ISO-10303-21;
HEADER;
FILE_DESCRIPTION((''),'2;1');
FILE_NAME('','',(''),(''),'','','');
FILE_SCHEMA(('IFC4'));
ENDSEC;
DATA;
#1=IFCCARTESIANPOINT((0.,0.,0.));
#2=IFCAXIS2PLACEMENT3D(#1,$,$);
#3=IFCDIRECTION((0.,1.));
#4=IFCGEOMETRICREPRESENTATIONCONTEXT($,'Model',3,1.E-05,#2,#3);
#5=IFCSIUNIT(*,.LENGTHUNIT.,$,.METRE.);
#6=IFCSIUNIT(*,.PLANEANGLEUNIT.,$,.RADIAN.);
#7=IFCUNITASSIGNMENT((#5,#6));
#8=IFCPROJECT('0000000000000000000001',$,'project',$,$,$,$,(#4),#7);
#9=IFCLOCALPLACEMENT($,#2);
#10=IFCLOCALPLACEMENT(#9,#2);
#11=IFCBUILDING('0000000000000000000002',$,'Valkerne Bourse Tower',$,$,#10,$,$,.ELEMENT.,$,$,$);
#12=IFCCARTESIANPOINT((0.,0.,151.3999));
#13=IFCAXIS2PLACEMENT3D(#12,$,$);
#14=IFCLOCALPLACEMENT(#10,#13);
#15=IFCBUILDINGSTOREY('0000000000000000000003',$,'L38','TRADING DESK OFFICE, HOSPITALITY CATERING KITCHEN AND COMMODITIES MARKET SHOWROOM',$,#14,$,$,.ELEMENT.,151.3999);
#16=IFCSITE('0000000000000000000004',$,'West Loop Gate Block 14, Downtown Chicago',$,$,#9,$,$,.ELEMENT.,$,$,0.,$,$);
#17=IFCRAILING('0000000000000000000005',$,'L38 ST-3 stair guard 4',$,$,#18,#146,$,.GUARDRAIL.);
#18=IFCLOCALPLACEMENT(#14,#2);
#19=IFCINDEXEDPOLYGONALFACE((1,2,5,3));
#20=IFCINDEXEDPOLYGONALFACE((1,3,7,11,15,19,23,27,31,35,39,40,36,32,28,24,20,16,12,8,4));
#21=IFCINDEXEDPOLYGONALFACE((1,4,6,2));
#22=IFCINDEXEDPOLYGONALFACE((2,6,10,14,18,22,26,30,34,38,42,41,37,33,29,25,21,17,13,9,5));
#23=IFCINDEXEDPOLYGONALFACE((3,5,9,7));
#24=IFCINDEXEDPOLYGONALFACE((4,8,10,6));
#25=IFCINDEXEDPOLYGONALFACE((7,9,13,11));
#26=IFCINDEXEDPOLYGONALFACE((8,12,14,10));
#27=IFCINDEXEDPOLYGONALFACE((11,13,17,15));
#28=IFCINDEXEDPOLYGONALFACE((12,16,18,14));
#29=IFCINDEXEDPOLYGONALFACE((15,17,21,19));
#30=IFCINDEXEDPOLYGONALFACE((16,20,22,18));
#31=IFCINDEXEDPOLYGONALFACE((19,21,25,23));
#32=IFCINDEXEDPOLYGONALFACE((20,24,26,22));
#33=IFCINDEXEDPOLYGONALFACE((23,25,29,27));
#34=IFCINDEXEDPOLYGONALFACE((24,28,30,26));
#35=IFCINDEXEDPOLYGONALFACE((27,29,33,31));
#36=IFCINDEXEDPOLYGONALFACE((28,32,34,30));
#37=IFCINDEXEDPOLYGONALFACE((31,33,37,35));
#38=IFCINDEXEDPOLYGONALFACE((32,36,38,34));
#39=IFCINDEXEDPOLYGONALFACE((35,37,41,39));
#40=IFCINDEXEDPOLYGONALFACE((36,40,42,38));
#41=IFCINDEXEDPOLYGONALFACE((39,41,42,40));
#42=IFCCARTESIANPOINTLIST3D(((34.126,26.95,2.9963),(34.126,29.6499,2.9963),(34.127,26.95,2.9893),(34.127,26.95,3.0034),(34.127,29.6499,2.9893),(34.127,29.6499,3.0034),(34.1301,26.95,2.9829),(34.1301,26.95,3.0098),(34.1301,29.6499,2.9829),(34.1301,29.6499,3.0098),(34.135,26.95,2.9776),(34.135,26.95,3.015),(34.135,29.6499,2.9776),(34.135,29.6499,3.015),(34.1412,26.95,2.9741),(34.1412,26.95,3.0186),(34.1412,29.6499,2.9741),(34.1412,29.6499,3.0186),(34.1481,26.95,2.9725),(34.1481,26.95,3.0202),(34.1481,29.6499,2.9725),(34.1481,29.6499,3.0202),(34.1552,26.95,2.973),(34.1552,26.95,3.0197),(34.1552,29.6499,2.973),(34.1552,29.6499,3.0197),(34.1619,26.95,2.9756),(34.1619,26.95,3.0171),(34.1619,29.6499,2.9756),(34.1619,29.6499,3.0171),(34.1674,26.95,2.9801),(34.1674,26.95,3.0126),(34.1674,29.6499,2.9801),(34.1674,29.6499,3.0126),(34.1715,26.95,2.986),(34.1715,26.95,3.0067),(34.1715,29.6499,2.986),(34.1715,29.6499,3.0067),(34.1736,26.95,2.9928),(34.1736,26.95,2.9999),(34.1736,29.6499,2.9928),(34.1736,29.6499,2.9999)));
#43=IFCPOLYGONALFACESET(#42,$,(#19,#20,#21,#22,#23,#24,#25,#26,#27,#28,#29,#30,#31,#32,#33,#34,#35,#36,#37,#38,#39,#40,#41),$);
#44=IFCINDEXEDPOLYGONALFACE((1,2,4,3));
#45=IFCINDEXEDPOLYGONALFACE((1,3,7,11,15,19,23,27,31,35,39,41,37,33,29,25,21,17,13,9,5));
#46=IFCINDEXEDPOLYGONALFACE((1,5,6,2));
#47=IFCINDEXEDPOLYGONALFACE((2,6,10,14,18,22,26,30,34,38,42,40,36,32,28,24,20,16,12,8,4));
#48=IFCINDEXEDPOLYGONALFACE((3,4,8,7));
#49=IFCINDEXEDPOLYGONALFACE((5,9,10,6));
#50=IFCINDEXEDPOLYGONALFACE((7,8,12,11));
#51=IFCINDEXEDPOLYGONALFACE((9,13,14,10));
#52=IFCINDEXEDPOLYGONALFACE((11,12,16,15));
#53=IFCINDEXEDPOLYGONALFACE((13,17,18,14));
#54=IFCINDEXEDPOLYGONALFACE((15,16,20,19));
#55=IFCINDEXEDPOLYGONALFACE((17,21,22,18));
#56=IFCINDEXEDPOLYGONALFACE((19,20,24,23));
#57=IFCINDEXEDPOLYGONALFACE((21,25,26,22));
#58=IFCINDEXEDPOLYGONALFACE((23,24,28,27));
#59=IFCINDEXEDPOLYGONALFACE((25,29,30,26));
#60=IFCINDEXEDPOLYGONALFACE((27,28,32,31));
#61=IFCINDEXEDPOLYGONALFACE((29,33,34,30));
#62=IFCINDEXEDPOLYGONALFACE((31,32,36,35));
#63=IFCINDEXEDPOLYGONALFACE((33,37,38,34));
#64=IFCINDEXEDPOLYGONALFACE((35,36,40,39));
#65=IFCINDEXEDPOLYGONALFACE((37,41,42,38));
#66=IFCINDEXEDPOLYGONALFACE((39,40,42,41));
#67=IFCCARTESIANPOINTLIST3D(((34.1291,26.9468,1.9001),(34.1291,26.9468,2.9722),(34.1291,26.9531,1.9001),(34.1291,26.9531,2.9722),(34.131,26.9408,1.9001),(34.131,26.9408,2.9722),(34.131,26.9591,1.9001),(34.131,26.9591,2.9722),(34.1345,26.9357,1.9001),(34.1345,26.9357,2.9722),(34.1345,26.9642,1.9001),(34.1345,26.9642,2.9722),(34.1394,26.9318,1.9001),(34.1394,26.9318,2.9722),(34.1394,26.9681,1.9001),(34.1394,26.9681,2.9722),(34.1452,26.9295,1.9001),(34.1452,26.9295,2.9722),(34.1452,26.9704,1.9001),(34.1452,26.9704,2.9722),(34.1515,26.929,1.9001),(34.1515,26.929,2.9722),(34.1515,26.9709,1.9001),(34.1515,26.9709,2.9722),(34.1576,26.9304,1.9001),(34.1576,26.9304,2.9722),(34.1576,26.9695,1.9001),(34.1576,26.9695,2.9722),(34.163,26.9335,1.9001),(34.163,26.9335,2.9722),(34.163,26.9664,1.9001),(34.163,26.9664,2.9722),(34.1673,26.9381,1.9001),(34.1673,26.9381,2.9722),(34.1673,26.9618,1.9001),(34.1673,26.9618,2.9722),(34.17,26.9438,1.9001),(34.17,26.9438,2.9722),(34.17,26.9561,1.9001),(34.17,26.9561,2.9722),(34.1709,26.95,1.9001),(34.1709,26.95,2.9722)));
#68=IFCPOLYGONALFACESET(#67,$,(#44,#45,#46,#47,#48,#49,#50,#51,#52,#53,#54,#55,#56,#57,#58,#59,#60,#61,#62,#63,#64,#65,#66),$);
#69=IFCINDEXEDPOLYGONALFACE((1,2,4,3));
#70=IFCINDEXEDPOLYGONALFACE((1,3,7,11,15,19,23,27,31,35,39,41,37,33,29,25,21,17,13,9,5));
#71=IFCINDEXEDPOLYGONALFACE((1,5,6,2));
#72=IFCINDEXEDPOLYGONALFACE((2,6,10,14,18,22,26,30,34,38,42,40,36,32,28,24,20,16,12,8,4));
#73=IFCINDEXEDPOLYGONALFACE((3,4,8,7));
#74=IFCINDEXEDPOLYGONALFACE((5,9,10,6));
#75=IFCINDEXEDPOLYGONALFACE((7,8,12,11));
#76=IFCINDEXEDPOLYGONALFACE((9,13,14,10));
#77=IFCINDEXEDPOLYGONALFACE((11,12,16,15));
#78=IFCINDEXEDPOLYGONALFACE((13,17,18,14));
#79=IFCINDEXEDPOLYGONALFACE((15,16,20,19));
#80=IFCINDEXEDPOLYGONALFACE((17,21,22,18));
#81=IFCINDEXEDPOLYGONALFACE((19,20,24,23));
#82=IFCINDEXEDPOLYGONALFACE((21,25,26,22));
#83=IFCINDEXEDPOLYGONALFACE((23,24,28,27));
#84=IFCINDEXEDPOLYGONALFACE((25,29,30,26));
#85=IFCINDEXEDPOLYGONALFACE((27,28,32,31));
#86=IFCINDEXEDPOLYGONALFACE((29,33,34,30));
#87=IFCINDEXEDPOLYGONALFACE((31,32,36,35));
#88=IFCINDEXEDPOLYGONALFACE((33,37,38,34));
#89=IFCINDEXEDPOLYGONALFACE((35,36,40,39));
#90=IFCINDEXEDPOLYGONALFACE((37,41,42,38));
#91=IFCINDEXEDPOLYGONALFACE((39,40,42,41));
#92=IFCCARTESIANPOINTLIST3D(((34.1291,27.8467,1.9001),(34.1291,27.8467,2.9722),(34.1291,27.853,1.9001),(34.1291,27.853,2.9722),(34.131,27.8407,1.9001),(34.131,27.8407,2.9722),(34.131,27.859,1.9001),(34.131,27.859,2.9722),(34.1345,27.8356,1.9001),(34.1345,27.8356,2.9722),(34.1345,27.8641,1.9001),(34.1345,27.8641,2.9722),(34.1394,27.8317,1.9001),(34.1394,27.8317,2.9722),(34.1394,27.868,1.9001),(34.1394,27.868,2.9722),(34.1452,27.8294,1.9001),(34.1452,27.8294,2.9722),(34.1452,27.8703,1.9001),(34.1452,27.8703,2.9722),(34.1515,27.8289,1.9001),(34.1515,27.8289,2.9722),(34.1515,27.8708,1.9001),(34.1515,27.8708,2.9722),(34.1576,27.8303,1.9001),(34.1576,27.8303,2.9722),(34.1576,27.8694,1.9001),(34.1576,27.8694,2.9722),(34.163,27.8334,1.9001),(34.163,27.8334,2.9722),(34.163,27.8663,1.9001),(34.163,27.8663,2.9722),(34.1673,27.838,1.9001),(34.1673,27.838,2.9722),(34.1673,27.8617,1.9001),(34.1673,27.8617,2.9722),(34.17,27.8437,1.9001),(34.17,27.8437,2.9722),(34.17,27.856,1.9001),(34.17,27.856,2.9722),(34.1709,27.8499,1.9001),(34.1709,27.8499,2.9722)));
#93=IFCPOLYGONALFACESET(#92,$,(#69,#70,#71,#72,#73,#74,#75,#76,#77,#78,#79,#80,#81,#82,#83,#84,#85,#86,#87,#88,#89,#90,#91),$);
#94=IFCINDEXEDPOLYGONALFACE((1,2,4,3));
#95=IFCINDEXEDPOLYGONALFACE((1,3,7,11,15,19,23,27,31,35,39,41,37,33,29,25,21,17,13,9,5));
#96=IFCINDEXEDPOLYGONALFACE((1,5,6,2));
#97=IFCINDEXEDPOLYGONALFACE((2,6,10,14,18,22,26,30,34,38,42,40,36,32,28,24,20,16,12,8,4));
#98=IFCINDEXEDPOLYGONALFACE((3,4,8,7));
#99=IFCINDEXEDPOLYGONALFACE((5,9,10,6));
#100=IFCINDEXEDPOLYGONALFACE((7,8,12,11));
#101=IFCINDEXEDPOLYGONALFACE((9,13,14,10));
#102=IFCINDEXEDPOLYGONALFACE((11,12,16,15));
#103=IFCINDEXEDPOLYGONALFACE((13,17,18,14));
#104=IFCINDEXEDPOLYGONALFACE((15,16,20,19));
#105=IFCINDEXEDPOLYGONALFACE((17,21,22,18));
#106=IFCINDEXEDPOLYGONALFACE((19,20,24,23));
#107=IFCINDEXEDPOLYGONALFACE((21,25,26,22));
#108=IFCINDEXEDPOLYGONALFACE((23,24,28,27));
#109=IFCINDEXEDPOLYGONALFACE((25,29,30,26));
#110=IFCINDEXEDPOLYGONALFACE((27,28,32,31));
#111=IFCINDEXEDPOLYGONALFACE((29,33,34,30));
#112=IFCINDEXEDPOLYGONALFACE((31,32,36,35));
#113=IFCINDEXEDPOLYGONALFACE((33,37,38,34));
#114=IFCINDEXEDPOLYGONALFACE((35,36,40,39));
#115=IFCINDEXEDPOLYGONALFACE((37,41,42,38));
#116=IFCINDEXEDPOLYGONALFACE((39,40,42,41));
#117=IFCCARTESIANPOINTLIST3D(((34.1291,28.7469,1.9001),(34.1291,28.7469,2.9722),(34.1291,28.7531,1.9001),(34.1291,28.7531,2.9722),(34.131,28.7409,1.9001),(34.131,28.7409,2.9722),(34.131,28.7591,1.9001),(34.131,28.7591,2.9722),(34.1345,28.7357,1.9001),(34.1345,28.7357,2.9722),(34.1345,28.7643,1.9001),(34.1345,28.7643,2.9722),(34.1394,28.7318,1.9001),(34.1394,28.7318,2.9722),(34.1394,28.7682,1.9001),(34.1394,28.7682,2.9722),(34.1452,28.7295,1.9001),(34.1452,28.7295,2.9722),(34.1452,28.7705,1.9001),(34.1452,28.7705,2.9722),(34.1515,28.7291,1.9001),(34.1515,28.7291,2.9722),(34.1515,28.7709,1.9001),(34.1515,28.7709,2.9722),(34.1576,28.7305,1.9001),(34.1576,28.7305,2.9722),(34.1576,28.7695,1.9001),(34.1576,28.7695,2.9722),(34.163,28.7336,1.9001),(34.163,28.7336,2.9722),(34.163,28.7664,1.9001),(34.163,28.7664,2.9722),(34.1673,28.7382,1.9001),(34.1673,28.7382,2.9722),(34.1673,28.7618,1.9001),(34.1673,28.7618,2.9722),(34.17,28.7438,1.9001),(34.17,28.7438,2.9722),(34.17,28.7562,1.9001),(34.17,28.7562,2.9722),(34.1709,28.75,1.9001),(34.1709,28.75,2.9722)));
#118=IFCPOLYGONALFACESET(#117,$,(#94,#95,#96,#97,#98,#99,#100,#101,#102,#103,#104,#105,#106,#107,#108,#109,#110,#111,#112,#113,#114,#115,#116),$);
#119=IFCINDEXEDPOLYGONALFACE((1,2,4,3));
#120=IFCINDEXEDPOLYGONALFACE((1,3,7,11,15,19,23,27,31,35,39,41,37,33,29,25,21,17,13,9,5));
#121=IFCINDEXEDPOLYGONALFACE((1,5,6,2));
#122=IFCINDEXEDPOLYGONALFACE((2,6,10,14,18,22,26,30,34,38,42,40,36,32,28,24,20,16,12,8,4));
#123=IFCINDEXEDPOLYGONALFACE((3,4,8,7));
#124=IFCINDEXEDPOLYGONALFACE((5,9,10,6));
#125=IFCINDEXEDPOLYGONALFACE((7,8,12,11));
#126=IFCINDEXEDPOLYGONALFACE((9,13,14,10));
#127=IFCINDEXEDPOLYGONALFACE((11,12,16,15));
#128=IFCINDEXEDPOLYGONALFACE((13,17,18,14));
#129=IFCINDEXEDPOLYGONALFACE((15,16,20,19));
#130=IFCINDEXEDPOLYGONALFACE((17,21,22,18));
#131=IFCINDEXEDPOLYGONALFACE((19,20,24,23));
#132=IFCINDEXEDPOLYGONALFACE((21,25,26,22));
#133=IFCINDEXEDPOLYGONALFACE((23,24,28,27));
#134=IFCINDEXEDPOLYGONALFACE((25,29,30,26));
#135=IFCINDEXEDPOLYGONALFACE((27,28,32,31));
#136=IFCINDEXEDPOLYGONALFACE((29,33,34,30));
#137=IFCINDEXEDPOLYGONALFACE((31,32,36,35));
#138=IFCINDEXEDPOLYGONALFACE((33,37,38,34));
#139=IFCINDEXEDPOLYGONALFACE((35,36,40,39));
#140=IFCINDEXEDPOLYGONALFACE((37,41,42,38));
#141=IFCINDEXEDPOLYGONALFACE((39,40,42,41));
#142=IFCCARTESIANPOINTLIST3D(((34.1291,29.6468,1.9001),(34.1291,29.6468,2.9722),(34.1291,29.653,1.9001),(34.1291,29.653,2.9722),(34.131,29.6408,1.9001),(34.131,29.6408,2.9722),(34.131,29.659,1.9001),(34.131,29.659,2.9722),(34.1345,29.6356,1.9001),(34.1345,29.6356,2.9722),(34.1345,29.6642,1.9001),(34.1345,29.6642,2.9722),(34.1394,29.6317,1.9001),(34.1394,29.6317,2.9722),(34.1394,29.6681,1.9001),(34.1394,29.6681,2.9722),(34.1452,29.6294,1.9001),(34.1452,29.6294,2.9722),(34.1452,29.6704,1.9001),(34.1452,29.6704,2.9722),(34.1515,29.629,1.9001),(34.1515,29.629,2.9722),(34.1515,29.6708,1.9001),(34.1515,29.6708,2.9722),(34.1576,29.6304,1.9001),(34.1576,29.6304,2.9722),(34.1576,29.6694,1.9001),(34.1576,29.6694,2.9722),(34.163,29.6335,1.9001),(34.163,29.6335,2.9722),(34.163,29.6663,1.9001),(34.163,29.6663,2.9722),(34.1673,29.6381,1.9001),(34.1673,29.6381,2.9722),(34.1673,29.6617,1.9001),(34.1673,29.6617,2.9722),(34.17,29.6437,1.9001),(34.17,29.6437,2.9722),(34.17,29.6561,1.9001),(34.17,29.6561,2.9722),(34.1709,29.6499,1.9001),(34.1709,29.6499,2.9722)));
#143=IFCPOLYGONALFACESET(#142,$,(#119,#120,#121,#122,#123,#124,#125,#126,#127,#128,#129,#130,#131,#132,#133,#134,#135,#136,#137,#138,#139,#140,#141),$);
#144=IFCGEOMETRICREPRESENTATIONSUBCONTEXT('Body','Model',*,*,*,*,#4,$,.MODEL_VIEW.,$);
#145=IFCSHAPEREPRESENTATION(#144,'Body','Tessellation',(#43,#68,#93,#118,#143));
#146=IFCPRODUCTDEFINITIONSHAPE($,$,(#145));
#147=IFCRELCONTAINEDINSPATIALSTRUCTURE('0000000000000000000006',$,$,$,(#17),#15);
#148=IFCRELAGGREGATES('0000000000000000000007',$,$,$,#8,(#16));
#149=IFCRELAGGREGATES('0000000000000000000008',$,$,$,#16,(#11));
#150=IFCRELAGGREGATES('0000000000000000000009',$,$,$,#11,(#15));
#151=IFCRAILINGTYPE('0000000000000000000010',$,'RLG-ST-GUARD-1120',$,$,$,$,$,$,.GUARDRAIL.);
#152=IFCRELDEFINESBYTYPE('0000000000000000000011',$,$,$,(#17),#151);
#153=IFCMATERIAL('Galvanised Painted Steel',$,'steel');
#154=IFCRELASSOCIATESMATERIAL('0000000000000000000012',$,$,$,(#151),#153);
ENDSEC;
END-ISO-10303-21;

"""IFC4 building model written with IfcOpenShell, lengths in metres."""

from ifc_helpers import new_model, si_unit, direction, frame, origin, origin_2d, place, context, subcontext, project, spatial, circle, extrude, material, type_object, element, save


model = new_model("IFC4")

# Units and contexts
model_context = context("Model", 3, precision=1e-05, world=origin(), true_north=direction((0.0, 1.0)))
body_context = subcontext(model_context, "Body", "Model", "MODEL_VIEW")
ifc_project = project(units=[si_unit("LENGTHUNIT", "METRE"), si_unit("PLANEANGLEUNIT", "RADIAN")], contexts=[model_context])

# Site, building, storey
site_placement = place(None, origin())
site = spatial("IfcSite", under=ifc_project, at=site_placement, Name="West Loop Gate Block 14, Downtown Chicago", CompositionType="ELEMENT", RefElevation=0.0)
building_placement = place(site_placement, origin())
building = spatial("IfcBuilding", under=site, at=building_placement, Name="Valkerne Bourse Tower", CompositionType="ELEMENT")
storey_placement = place(building_placement, frame((0.0, 0.0, 151.3999)))
storey = spatial("IfcBuildingStorey", under=building, at=storey_placement, Name="L38", Description="TRADING DESK OFFICE, HOSPITALITY CATERING KITCHEN AND COMMODITIES MARKET SHOWROOM", CompositionType="ELEMENT", Elevation=151.3999)

# Railing
ifc_material_1 = material(Name="Galvanised Painted Steel", Category="steel")
railing_type_1 = type_object("IfcRailingType", Name="RLG-ST-GUARD-1120", PredefinedType="GUARDRAIL", material=ifc_material_1)
for number, where, name in (
    (1, (34.1499, 26.95, 1.9001), "L38 ST-3 stair guard 4"),
):
    element("IfcRailing", number, at=place(storey_placement, frame(where)), inside=storey, type_object=railing_type_1, Name=name, PredefinedType="GUARDRAIL", context=body_context, shape_type="SweptSolid", body=[
        extrude(circle(Radius=0.0239, at=origin_2d()), frame((0.0, 0.0, 1.0962), z_axis=(0.0, 1.0, 0.0), x_axis=(-1.0, 0.0, 0.0)), (0.0, 0.0, 1.0), 2.7),
        extrude(circle(Radius=0.021, at=origin_2d()), origin(), (0.0, 0.0, 1.0), 1.072),
        extrude(circle(Radius=0.021, at=origin_2d()), frame((0.0, 0.8999, 0.0)), (0.0, 0.0, 1.0), 1.072),
        extrude(circle(Radius=0.021, at=origin_2d()), frame((0.0, 1.8, 0.0)), (0.0, 0.0, 1.0), 1.072),
        extrude(circle(Radius=0.021, at=origin_2d()), frame((0.0, 2.7, 0.0)), (0.0, 0.0, 1.0), 1.072),
    ])

save(model, "model.ifc")
